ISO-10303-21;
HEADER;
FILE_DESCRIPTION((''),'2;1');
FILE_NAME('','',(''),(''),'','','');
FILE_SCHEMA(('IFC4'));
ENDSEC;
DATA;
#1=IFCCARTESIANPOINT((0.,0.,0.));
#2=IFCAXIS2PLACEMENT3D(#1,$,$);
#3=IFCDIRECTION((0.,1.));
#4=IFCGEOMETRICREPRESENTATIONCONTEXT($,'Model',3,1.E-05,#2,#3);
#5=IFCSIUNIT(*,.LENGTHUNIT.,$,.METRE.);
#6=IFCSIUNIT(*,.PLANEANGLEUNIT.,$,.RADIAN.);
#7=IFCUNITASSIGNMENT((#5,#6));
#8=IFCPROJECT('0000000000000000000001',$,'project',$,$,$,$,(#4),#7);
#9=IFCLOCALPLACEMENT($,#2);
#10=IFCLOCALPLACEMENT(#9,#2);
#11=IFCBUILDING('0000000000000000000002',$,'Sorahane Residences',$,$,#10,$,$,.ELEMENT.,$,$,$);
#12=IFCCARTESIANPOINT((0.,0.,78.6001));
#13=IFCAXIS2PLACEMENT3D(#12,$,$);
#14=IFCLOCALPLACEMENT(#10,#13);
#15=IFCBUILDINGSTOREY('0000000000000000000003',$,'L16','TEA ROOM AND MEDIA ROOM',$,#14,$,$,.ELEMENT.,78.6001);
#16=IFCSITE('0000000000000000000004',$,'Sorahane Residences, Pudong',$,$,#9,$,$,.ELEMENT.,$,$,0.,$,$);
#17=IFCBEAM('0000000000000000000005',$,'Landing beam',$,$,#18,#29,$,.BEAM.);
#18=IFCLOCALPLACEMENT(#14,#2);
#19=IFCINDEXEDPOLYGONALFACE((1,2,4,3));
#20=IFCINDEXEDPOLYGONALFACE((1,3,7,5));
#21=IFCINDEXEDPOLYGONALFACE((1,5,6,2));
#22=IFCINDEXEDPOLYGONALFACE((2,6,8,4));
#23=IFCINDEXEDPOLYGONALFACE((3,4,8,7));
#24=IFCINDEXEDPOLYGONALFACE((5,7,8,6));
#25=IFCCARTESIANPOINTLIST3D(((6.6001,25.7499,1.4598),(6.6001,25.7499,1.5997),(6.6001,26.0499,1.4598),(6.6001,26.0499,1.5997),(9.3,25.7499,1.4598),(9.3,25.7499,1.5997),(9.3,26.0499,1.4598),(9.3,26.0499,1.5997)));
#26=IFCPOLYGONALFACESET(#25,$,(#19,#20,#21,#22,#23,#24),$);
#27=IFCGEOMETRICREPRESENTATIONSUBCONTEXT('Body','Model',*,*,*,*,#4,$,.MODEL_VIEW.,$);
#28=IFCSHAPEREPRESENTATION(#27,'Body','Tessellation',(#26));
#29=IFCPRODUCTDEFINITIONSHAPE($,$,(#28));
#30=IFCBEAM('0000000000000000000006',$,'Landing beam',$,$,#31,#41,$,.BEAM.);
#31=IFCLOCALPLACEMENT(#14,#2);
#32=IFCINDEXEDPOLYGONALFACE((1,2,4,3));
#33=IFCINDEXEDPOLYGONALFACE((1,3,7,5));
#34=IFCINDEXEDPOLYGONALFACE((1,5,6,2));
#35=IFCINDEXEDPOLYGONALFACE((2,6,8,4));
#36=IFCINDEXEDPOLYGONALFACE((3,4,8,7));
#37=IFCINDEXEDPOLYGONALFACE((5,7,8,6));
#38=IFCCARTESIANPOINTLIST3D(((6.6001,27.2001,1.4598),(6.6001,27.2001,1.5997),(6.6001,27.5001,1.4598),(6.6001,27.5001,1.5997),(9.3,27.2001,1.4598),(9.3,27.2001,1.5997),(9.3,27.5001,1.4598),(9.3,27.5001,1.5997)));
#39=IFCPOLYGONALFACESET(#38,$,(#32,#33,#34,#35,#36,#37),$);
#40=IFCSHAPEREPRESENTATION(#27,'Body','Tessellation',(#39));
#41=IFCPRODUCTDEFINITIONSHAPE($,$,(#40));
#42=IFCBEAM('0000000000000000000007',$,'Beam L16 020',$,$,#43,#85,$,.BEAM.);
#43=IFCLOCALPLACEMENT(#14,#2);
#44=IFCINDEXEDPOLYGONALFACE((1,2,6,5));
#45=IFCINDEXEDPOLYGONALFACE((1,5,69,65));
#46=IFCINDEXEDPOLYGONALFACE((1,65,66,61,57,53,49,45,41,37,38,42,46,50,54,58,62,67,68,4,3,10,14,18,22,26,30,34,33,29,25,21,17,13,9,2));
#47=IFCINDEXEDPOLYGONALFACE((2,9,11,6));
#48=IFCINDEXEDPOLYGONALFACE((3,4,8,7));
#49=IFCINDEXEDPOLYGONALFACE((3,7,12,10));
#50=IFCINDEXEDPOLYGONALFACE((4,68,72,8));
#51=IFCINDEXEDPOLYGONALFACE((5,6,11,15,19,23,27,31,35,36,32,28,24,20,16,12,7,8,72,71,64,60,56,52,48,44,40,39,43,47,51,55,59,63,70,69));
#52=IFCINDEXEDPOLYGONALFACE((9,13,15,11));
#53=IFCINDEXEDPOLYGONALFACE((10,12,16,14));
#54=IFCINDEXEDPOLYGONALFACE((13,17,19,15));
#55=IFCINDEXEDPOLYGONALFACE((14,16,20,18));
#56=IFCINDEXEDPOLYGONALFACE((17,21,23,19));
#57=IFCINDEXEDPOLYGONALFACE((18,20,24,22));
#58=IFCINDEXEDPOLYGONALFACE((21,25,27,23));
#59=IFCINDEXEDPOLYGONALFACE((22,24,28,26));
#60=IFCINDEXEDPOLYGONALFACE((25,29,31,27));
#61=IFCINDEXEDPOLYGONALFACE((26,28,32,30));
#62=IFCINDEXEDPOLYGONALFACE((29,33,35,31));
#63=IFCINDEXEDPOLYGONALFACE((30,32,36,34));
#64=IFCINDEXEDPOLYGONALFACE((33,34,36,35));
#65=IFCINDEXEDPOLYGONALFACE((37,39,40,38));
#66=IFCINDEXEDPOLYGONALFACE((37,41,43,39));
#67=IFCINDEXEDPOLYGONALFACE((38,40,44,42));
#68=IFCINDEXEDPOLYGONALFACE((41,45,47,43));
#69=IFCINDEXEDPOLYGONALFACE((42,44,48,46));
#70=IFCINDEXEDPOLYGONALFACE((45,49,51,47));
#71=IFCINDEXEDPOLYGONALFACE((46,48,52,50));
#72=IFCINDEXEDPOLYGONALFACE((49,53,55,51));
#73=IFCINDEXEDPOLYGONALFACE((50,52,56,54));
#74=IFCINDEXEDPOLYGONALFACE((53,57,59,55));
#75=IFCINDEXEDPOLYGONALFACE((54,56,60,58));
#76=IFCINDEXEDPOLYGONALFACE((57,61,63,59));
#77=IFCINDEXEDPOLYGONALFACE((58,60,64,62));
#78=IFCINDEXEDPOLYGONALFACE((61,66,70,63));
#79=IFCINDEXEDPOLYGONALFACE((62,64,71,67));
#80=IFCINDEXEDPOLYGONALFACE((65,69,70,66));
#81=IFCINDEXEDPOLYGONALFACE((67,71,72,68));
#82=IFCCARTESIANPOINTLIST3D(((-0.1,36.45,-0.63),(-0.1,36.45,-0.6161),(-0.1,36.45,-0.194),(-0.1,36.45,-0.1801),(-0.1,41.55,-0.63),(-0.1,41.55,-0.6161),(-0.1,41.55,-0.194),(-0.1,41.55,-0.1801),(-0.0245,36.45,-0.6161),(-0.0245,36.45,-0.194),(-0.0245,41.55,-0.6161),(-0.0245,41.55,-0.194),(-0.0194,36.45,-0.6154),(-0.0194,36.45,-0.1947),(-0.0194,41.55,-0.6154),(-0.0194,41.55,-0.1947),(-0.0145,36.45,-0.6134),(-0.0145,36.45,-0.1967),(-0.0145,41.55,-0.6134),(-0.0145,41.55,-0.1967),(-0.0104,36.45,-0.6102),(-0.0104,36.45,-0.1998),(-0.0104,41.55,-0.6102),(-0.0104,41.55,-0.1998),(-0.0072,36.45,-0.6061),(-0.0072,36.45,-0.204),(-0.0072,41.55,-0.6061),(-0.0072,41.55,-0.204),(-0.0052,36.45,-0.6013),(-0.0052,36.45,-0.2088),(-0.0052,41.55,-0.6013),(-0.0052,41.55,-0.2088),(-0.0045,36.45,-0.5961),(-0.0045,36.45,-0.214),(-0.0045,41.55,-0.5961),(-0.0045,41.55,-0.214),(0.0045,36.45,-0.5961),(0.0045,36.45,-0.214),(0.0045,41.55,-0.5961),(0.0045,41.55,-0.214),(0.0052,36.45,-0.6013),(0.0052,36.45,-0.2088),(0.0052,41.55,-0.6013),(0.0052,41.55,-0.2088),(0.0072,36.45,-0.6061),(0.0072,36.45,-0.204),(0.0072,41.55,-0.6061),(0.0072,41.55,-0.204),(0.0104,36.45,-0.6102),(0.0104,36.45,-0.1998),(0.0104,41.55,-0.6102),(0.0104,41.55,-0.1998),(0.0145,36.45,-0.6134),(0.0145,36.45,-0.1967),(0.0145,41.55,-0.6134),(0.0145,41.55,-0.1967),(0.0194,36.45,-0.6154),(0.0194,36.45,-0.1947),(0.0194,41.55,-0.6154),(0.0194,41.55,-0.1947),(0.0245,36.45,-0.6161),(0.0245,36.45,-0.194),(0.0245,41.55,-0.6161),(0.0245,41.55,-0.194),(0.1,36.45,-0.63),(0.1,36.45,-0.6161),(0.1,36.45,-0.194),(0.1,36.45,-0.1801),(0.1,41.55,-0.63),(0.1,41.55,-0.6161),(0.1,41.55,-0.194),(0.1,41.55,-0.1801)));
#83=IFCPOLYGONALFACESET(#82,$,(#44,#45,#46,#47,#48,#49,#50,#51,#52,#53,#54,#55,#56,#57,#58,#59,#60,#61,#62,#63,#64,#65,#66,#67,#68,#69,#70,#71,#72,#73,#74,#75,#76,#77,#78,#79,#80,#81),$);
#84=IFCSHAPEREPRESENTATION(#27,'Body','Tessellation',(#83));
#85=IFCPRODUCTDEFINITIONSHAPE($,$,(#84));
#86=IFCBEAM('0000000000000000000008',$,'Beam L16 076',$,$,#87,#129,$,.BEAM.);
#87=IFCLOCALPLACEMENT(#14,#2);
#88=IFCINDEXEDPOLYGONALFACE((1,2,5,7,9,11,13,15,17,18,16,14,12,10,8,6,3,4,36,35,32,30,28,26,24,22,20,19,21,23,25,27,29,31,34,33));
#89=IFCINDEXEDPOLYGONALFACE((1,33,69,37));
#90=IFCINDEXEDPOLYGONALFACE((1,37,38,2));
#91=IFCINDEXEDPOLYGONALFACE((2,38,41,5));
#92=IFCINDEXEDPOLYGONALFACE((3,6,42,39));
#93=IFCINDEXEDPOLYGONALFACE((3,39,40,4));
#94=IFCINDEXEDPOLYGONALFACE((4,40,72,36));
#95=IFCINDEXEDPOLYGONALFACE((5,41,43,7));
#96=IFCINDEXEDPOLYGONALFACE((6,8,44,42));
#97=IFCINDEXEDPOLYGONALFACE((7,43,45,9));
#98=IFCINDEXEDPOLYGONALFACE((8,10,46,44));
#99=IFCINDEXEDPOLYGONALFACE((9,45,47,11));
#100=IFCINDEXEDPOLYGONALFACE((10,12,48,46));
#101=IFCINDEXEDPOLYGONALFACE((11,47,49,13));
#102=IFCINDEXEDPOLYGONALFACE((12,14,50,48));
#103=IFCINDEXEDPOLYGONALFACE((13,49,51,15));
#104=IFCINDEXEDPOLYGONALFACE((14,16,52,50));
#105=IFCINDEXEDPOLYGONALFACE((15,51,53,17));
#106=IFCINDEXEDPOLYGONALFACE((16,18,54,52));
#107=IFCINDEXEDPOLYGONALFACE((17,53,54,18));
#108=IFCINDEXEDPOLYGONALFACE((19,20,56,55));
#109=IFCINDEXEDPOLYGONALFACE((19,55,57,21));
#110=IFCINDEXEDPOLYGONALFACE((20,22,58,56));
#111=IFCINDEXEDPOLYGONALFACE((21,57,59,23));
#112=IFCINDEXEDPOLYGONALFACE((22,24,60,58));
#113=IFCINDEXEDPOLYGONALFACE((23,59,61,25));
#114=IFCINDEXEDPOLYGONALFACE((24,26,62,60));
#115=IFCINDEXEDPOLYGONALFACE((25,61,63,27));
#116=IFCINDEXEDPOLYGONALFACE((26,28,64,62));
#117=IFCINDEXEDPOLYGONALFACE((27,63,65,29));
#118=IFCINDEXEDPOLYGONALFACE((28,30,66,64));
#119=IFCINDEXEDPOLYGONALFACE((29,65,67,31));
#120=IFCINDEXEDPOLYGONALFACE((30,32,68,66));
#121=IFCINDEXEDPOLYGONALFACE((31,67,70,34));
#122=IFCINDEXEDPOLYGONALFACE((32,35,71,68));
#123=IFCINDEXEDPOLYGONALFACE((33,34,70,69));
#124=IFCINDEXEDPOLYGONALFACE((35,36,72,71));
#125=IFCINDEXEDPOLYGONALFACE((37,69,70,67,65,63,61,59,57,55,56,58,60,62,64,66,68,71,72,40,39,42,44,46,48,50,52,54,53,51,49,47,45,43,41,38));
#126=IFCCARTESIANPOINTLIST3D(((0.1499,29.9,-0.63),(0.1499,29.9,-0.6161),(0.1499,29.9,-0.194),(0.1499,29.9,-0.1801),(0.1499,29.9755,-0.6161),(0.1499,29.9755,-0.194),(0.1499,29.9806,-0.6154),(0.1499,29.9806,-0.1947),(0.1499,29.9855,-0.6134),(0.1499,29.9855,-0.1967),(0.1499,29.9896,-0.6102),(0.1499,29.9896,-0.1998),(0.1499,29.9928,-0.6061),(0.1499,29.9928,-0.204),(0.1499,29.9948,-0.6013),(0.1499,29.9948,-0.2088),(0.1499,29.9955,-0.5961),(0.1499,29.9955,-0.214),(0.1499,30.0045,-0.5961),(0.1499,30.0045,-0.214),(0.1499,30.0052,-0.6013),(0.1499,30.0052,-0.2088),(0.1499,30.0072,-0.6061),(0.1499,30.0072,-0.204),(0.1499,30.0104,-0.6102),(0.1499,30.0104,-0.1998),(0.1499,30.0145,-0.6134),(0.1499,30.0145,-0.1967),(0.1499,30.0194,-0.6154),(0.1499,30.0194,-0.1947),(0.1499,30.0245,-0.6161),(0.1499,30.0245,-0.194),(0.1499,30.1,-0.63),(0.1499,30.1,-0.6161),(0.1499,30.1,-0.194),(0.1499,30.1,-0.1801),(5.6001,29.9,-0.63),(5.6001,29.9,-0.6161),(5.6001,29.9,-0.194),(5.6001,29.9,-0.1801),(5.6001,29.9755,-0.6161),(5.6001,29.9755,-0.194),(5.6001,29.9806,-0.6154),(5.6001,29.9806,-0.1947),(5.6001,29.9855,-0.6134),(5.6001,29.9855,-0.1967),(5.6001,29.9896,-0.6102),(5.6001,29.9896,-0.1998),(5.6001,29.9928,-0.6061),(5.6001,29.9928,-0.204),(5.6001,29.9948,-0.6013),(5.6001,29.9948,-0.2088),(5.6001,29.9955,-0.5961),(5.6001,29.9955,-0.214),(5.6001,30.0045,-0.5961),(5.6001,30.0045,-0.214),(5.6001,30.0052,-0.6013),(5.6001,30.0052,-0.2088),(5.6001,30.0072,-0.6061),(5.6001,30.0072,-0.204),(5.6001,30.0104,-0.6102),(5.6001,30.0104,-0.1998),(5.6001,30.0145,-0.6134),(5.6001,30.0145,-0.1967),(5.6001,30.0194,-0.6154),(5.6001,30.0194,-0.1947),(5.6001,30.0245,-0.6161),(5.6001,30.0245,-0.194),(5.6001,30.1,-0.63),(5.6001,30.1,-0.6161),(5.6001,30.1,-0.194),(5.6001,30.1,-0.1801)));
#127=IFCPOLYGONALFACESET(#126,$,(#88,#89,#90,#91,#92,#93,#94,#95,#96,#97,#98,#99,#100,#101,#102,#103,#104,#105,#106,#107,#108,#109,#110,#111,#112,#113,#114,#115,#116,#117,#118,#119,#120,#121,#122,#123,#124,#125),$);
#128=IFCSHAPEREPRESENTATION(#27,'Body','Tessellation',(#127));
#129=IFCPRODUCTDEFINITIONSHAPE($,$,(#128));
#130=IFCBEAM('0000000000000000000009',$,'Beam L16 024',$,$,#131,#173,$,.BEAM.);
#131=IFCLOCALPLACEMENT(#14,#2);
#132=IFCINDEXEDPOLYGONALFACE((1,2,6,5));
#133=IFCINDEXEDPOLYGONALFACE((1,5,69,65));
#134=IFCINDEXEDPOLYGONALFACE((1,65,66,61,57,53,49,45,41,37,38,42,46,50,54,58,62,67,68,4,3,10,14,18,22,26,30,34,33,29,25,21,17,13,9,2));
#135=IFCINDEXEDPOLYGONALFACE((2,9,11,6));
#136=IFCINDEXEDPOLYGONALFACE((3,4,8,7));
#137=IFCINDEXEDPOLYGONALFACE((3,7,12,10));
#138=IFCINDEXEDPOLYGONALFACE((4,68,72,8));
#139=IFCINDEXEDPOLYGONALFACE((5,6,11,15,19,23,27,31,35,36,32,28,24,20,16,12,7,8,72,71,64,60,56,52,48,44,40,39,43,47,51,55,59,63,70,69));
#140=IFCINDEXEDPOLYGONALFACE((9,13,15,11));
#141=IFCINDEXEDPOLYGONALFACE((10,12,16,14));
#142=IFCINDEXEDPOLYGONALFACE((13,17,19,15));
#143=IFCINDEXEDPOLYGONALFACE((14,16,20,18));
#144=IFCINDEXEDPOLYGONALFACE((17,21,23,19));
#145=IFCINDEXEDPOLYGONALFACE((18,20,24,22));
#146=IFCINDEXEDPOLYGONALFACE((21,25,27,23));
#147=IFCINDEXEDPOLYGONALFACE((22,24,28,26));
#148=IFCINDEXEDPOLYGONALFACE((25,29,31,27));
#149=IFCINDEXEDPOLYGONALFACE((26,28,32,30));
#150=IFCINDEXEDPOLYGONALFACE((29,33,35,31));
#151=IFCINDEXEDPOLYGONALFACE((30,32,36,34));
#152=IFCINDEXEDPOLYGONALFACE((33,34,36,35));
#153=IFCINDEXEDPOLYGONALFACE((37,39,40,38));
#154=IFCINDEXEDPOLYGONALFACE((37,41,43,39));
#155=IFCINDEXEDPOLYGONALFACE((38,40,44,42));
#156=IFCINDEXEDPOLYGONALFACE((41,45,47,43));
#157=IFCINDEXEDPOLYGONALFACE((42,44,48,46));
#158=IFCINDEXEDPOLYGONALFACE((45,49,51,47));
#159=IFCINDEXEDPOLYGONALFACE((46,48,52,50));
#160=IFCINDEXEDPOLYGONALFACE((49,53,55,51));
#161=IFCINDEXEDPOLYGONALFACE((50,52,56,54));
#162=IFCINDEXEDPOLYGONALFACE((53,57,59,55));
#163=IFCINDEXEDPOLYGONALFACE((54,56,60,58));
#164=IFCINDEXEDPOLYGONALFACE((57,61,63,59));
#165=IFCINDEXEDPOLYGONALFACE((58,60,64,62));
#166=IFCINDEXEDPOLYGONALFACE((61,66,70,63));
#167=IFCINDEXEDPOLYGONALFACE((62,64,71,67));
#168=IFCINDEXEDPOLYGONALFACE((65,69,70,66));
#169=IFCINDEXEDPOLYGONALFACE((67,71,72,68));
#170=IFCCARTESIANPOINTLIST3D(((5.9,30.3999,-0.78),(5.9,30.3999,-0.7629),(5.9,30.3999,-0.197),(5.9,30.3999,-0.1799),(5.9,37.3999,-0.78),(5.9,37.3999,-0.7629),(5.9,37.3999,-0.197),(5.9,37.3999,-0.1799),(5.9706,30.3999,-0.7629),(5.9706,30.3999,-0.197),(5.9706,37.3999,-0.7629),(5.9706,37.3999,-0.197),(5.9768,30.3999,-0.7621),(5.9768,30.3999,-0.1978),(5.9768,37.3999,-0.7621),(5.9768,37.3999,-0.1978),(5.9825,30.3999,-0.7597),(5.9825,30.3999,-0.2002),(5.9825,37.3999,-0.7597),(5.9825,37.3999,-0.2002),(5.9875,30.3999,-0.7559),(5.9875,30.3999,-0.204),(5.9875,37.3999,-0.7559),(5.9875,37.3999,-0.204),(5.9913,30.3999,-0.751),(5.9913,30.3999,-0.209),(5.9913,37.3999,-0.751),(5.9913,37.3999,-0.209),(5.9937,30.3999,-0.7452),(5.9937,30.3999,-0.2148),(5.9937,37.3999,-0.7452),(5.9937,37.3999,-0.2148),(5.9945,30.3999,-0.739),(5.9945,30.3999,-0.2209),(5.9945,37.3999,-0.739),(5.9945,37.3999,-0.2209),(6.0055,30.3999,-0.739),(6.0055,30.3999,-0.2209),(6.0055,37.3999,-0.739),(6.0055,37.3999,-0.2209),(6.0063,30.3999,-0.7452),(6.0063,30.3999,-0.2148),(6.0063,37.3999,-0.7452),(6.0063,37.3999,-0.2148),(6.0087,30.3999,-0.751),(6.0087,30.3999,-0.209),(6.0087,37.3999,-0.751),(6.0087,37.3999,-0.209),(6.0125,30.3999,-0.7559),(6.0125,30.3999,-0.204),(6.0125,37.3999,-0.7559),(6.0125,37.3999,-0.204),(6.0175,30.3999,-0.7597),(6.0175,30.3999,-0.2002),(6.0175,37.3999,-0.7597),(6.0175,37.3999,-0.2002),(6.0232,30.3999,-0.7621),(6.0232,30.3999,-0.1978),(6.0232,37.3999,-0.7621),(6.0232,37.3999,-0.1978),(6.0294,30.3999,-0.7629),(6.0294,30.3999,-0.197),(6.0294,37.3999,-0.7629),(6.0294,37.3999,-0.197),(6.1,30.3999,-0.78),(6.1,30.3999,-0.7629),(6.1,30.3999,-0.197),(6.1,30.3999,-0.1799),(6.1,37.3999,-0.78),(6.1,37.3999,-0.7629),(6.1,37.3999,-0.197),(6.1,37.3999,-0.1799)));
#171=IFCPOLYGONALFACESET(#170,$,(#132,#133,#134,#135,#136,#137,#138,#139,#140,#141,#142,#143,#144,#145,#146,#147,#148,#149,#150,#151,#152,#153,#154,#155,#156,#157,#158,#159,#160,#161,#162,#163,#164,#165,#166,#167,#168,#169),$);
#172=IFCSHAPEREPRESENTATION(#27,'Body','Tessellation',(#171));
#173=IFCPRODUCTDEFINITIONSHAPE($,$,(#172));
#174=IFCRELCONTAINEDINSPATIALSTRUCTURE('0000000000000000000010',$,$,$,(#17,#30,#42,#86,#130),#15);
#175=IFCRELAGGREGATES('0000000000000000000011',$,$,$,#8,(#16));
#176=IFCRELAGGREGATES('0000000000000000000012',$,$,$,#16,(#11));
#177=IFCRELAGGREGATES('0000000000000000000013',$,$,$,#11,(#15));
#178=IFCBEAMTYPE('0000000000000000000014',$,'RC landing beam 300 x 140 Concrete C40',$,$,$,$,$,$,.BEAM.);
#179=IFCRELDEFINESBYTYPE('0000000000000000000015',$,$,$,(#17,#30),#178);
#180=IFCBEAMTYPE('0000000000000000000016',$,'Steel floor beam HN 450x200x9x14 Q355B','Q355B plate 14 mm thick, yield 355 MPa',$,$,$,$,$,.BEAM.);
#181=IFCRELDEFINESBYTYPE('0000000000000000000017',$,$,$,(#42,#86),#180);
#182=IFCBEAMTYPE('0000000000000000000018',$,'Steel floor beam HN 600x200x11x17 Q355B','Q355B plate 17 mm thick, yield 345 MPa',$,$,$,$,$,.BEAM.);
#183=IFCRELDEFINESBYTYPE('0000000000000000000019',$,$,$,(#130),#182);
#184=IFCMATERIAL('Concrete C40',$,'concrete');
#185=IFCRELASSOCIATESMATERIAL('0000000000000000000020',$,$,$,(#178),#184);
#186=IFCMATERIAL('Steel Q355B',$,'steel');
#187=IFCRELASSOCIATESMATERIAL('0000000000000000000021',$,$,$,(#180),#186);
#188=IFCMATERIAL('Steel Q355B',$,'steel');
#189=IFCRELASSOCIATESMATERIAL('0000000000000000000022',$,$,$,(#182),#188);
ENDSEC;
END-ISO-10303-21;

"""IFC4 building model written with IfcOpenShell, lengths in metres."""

from ifc_helpers import new_model, si_unit, direction, frame, origin, origin_2d, place, context, subcontext, project, spatial, rectangle, i_section, extrude, material, material_profile, profile_set, type_object, element, save


model = new_model("IFC4")

# Units and contexts
model_context = context("Model", 3, precision=1e-05, world=origin(), true_north=direction((0.0, 1.0)))
body_context = subcontext(model_context, "Body", "Model", "MODEL_VIEW")
ifc_project = project(units=[si_unit("LENGTHUNIT", "METRE"), si_unit("PLANEANGLEUNIT", "RADIAN")], contexts=[model_context])

# Site, building, storey
site_placement = place(None, origin())
site = spatial("IfcSite", under=ifc_project, at=site_placement, Name="Sorahane Residences, Pudong", CompositionType="ELEMENT", RefElevation=0.0)
building_placement = place(site_placement, origin())
building = spatial("IfcBuilding", under=site, at=building_placement, Name="Sorahane Residences", CompositionType="ELEMENT")
storey_placement = place(building_placement, frame((0.0, 0.0, 78.6001)))
storey = spatial("IfcBuildingStorey", under=building, at=storey_placement, Name="L16", Description="TEA ROOM AND MEDIA ROOM", CompositionType="ELEMENT", Elevation=78.6001)

# Beams
ifc_material_1 = material(Name="Concrete C40", Category="concrete")
ifc_material_profile_1 = material_profile(ifc_material_1, rectangle(XDim=0.3, YDim=0.1399, at=origin_2d()), Name="300x140")
ifc_profile_set_1 = profile_set([ifc_material_profile_1], Name="Concrete C40")
beam_type_1 = type_object("IfcBeamType", Name="RC landing beam 300 x 140 Concrete C40", PredefinedType="BEAM", material=ifc_profile_set_1)
for number, where, z_axis, x_axis, name in (
    (1, (6.6001, 25.8999, 1.5298), (1.0, 0.0, 0.0), (0.0, 1.0, 0.0), "Landing beam"),
    (2, (6.6001, 27.3501, 1.5298), (1.0, 0.0, 0.0), (0.0, 1.0, 0.0), "Landing beam"),
):
    element("IfcBeam", number, at=place(storey_placement, frame(where, z_axis=z_axis, x_axis=x_axis)), inside=storey, type_object=beam_type_1, Name=name, PredefinedType="BEAM", context=body_context, shape_type="SweptSolid", body=[
        extrude(rectangle(XDim=0.3, YDim=0.1399, at=origin_2d()), origin(), (0.0, 0.0, 1.0), 2.7),
    ])
ifc_material_2 = material(Name="Steel Q355B", Category="steel")
ifc_material_profile_2 = material_profile(ifc_material_2, i_section(OverallWidth=0.2, OverallDepth=0.45, WebThickness=0.009, FlangeThickness=0.0139, FilletRadius=0.02, at=origin_2d()), Name="HN 450x200x9x14")
ifc_profile_set_2 = profile_set([ifc_material_profile_2], Name="Steel Q355B")
beam_type_2 = type_object("IfcBeamType", Name="Steel floor beam HN 450x200x9x14 Q355B", Description="Q355B plate 14 mm thick, yield 355 MPa", PredefinedType="BEAM", material=ifc_profile_set_2)
beam_1_placement = place(storey_placement, frame((0.0, 36.45, -0.405), z_axis=(0.0, 1.0, 0.0), x_axis=(-1.0, 0.0, 0.0)))
element("IfcBeam", 3, at=beam_1_placement, inside=storey, type_object=beam_type_2, Name="Beam L16 020", PredefinedType="BEAM", context=body_context, shape_type="SweptSolid", body=[
    extrude(i_section(OverallWidth=0.2, OverallDepth=0.45, WebThickness=0.009, FlangeThickness=0.0139, FilletRadius=0.02, at=origin_2d()), origin(), (0.0, 0.0, 1.0), 5.1001),
])
beam_2_placement = place(storey_placement, frame((0.1499, 30.0, -0.405), z_axis=(1.0, 0.0, 0.0), x_axis=(0.0, 1.0, 0.0)))
element("IfcBeam", 4, at=beam_2_placement, inside=storey, type_object=beam_type_2, Name="Beam L16 076", PredefinedType="BEAM", context=body_context, shape_type="SweptSolid", body=[
    extrude(i_section(OverallWidth=0.2, OverallDepth=0.45, WebThickness=0.009, FlangeThickness=0.0139, FilletRadius=0.02, at=origin_2d()), origin(), (0.0, 0.0, 1.0), 5.4502),
])
ifc_material_3 = material(Name="Steel Q355B", Category="steel")
ifc_material_profile_3 = material_profile(ifc_material_3, i_section(OverallWidth=0.2, OverallDepth=0.6001, WebThickness=0.011, FlangeThickness=0.0171, FilletRadius=0.0239, at=origin_2d()), Name="HN 600x200x11x17")
ifc_profile_set_3 = profile_set([ifc_material_profile_3], Name="Steel Q355B")
beam_type_3 = type_object("IfcBeamType", Name="Steel floor beam HN 600x200x11x17 Q355B", Description="Q355B plate 17 mm thick, yield 345 MPa", PredefinedType="BEAM", material=ifc_profile_set_3)
for number, where, z_axis, x_axis, name in (
    (5, (6.0, 30.3999, -0.48), (0.0, 1.0, 0.0), (-1.0, 0.0, 0.0), "Beam L16 024"),
):
    element("IfcBeam", number, at=place(storey_placement, frame(where, z_axis=z_axis, x_axis=x_axis)), inside=storey, type_object=beam_type_3, Name=name, PredefinedType="BEAM", context=body_context, shape_type="SweptSolid", body=[
        extrude(i_section(OverallWidth=0.2, OverallDepth=0.6001, WebThickness=0.011, FlangeThickness=0.0171, FilletRadius=0.0239, at=origin_2d()), origin(), (0.0, 0.0, 1.0), 7.0),
    ])

save(model, "model.ifc")
